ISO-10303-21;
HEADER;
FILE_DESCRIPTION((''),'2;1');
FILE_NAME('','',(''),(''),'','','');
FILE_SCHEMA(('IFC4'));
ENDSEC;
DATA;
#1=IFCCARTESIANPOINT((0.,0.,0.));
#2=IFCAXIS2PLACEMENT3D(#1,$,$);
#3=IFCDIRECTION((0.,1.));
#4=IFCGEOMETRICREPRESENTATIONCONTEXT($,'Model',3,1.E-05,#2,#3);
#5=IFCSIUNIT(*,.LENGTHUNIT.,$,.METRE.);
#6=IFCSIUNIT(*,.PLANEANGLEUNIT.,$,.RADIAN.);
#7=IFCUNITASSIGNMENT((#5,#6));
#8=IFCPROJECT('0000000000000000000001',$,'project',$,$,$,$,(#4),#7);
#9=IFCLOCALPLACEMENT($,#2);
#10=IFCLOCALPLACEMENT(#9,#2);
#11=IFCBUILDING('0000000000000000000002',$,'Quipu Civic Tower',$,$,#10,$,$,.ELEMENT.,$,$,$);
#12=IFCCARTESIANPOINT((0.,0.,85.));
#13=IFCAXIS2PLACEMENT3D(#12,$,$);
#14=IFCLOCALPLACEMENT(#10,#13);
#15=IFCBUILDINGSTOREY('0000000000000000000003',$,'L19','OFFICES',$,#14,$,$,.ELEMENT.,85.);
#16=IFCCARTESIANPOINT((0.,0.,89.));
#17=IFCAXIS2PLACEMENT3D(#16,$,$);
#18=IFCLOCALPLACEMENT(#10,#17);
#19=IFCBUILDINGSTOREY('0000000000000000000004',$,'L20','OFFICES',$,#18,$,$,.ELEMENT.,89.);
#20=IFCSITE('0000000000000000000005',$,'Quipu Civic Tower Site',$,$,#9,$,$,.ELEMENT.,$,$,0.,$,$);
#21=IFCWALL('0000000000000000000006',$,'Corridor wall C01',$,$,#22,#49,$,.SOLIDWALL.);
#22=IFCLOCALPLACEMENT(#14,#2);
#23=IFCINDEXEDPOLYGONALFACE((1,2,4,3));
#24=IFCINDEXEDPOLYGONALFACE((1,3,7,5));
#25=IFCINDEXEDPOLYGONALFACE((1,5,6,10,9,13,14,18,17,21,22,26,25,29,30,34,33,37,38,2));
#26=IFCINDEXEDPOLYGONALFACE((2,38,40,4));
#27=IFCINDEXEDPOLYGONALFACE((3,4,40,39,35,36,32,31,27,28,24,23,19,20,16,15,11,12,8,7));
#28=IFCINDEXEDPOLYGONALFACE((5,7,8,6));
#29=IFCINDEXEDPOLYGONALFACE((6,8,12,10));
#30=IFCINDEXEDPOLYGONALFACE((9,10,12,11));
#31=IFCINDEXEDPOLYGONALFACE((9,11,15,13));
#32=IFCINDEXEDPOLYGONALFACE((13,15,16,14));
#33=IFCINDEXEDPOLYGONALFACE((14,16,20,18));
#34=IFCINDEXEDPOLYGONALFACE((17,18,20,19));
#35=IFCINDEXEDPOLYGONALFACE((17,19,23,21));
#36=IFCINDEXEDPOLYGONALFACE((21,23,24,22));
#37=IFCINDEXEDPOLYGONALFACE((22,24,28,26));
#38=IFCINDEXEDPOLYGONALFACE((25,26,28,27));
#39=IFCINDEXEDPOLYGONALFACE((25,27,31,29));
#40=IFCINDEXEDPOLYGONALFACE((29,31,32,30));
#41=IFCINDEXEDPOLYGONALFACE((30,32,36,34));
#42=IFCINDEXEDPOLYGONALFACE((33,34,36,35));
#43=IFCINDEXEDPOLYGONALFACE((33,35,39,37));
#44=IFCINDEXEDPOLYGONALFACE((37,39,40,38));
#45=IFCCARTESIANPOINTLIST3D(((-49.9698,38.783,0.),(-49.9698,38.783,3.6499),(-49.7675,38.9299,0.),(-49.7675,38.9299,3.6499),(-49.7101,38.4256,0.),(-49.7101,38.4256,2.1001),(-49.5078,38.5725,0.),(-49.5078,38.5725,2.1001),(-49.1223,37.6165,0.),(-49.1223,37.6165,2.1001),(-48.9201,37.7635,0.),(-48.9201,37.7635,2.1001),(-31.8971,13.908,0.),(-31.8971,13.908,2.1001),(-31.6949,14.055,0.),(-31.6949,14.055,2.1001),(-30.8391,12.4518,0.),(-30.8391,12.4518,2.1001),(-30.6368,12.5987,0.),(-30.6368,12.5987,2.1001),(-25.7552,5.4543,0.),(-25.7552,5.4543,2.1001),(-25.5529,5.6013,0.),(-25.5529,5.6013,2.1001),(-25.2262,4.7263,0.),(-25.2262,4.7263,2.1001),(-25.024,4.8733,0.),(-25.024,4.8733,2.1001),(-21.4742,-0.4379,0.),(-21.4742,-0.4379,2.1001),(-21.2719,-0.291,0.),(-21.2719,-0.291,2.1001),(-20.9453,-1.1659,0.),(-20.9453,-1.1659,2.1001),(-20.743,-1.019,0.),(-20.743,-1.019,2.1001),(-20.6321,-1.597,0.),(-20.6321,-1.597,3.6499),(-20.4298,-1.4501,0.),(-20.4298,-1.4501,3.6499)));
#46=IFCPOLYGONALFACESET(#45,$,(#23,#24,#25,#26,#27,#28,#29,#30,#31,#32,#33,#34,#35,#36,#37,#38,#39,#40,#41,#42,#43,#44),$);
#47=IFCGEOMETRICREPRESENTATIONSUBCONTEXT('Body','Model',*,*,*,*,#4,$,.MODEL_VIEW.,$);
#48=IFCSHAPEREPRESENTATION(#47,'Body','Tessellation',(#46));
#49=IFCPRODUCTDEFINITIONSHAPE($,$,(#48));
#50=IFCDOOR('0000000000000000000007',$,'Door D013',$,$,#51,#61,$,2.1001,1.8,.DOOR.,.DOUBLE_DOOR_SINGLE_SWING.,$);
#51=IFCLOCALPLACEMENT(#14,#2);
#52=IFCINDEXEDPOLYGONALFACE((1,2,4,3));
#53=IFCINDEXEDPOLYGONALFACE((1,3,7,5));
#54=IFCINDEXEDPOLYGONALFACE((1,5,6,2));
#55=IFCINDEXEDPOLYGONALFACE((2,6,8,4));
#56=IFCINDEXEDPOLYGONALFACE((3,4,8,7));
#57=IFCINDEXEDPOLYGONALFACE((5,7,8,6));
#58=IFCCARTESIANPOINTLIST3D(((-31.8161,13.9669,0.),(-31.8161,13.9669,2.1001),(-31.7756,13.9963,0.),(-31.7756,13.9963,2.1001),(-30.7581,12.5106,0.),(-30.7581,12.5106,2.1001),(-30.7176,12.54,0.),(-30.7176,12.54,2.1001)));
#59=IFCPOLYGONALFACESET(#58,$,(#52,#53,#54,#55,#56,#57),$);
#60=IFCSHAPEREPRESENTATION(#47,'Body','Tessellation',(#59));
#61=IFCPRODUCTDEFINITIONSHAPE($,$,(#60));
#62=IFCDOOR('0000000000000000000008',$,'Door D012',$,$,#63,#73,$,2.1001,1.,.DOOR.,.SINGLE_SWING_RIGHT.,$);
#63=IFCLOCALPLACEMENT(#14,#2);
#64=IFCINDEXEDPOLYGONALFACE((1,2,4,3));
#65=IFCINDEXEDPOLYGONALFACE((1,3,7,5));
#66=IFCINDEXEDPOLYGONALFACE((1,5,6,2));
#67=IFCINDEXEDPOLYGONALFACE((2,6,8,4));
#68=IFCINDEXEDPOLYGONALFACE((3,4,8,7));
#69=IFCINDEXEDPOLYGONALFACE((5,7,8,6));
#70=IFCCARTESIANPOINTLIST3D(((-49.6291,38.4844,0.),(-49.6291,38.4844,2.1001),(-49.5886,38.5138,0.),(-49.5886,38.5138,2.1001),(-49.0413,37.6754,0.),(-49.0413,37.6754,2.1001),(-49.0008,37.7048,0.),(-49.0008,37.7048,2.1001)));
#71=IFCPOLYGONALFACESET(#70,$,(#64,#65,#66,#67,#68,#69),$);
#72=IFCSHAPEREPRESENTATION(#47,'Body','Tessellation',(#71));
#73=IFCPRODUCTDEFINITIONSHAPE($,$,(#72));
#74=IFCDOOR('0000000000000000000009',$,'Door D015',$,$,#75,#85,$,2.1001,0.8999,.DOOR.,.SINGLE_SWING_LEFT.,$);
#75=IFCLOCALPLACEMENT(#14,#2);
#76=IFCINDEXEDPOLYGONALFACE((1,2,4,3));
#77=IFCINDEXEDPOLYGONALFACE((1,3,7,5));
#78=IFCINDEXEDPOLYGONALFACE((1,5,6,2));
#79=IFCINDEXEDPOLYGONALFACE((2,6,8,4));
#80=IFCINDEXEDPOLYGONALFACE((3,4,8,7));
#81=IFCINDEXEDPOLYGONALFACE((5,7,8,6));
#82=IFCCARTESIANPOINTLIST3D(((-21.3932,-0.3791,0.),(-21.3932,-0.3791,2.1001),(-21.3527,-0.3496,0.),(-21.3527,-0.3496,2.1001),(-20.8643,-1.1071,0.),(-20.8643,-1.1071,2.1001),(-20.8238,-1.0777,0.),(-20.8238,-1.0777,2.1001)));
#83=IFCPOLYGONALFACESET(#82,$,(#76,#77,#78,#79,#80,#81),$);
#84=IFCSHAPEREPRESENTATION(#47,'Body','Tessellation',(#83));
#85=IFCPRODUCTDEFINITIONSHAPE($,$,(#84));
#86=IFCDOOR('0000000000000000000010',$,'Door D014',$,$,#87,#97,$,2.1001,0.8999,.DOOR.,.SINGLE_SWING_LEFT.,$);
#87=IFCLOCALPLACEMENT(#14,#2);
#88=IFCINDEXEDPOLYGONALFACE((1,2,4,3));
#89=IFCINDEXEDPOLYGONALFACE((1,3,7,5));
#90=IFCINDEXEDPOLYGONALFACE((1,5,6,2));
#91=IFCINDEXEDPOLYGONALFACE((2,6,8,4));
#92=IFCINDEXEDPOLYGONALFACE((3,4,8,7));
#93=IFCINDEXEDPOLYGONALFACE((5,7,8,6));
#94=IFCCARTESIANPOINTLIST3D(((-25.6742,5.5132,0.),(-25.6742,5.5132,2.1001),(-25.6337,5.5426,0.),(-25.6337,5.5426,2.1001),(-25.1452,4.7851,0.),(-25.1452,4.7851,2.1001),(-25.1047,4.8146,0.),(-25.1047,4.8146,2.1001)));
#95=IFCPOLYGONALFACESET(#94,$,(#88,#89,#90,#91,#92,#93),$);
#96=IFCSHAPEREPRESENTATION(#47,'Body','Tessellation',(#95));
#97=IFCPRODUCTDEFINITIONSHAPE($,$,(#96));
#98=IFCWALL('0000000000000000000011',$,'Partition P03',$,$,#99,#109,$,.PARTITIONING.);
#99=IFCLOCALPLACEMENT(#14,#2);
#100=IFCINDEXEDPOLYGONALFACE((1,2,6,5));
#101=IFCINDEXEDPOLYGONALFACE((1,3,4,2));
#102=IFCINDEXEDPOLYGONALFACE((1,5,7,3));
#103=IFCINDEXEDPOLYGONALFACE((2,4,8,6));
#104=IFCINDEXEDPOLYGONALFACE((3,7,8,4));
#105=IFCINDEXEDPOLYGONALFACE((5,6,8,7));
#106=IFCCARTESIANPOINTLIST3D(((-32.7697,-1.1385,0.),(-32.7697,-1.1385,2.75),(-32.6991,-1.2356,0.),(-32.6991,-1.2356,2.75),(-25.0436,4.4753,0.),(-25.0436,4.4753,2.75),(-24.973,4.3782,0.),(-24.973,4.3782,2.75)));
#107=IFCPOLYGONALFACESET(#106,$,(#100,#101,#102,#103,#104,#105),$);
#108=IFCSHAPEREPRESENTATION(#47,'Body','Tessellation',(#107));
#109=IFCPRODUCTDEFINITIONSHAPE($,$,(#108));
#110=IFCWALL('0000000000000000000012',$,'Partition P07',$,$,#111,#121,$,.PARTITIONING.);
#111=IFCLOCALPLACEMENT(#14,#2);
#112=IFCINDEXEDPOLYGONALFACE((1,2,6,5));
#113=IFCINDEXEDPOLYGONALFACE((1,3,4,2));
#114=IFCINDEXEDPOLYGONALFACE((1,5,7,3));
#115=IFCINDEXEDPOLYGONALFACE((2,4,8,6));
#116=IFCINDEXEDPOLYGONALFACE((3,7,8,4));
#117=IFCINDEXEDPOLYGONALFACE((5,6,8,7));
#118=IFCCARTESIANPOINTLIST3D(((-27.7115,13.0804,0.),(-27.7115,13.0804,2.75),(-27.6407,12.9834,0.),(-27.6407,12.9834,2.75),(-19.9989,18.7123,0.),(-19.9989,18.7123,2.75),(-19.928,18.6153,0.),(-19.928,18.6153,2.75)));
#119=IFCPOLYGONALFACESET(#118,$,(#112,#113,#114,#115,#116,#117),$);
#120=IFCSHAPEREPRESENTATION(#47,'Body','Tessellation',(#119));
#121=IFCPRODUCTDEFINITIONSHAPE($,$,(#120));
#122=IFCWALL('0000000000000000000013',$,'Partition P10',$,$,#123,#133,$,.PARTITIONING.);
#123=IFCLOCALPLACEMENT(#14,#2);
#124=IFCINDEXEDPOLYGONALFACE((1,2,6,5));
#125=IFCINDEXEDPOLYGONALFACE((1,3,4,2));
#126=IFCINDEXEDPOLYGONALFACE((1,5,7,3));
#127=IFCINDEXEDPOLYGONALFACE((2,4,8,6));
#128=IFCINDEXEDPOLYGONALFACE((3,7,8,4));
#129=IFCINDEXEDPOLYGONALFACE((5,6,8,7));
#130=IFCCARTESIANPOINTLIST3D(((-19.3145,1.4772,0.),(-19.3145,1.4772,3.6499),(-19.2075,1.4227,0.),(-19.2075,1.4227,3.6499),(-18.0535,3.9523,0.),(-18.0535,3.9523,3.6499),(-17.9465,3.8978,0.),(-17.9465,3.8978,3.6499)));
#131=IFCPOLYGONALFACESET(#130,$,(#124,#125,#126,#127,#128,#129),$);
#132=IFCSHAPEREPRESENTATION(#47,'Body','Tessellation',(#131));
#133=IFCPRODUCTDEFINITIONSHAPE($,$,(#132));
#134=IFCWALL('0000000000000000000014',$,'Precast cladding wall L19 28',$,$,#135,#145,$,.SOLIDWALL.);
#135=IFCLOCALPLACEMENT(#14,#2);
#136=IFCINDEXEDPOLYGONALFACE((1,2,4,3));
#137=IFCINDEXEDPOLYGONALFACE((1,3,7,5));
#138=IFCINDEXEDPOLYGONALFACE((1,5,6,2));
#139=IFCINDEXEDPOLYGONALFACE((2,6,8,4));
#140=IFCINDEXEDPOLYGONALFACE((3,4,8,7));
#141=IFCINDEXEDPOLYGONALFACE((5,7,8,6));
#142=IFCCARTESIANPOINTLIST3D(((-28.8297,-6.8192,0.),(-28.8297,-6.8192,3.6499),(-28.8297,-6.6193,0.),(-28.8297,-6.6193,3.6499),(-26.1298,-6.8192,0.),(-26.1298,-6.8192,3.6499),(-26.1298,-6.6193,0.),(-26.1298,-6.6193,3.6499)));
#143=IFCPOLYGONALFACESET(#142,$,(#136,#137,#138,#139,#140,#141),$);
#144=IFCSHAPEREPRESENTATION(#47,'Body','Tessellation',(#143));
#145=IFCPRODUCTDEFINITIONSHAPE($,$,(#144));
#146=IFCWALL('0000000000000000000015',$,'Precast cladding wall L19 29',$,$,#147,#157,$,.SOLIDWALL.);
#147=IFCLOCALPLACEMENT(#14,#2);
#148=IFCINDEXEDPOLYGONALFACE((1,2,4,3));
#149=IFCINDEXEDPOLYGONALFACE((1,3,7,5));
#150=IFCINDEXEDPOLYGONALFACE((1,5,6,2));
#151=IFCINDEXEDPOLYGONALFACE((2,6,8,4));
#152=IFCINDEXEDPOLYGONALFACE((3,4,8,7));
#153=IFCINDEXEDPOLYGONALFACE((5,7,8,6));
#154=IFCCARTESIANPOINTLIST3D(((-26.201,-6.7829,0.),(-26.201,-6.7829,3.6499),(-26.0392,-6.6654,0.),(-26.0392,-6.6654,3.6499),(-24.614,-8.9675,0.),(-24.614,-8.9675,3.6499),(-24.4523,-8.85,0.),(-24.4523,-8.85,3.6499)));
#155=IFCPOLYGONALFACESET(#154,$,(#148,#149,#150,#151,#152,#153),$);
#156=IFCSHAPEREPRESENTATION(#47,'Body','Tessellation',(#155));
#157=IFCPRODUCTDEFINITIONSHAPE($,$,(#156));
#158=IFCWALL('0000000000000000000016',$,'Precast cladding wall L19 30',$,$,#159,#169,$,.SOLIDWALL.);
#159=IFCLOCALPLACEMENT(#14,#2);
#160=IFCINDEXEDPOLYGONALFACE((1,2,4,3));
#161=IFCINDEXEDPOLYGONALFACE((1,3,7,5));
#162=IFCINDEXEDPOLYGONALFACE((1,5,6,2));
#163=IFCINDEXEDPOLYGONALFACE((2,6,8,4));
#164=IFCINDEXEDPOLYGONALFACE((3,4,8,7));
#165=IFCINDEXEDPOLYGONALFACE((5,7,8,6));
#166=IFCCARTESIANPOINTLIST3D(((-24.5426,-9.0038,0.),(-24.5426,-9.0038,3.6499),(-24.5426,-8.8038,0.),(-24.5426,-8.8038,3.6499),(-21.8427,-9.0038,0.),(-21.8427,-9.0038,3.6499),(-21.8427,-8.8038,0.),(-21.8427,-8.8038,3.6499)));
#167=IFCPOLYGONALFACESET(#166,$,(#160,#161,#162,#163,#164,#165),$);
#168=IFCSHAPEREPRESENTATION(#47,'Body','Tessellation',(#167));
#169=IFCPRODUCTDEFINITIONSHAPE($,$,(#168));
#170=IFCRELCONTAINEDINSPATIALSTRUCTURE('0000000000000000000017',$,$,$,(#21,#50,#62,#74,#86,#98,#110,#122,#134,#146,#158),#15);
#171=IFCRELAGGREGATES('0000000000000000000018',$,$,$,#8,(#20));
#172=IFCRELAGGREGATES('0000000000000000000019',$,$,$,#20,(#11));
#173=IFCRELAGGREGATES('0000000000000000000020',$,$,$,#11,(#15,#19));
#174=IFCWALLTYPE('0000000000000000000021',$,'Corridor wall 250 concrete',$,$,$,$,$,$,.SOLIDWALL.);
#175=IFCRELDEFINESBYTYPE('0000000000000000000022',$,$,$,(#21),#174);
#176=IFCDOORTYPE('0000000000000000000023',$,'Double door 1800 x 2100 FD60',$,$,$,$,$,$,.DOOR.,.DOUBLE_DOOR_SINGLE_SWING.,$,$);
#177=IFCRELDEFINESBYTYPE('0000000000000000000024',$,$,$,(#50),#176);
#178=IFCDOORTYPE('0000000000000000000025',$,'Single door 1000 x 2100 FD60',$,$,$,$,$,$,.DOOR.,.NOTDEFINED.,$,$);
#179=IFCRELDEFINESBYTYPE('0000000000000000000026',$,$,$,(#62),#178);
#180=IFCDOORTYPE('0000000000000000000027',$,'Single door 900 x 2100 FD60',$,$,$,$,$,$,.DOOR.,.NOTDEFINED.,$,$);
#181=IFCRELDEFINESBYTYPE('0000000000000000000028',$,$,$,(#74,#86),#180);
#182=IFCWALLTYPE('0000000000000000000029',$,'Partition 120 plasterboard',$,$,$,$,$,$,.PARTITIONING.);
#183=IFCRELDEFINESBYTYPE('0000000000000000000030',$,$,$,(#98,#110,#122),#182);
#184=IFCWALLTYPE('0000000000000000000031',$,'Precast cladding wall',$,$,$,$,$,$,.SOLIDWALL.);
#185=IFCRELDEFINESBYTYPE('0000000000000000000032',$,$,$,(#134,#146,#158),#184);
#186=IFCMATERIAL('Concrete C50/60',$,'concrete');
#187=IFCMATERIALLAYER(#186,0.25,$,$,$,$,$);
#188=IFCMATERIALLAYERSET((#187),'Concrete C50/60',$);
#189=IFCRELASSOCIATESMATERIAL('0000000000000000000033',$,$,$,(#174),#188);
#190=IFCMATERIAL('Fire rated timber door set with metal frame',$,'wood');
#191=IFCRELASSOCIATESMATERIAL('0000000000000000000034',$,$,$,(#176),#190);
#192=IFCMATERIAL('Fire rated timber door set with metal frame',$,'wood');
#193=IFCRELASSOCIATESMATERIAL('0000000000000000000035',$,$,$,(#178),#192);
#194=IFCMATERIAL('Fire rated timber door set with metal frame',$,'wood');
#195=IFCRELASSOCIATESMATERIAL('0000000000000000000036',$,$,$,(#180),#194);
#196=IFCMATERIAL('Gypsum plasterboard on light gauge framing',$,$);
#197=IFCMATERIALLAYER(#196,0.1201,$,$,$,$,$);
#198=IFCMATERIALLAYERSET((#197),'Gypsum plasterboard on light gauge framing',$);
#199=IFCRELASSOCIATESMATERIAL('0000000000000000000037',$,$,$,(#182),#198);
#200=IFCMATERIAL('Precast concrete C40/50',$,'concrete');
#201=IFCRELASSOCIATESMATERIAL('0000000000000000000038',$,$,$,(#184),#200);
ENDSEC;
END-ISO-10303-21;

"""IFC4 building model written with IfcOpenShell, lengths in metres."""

from ifc_helpers import new_model, si_unit, direction, frame, frame_2d, origin, place, context, subcontext, project, spatial, rectangle, extrude, material, layer, layer_set, type_object, element, fill, save


model = new_model("IFC4")

# Units and contexts
model_context = context("Model", 3, precision=1e-05, world=origin(), true_north=direction((0.0, 1.0)))
body_context = subcontext(model_context, "Body", "Model", "MODEL_VIEW")
ifc_project = project(units=[si_unit("LENGTHUNIT", "METRE"), si_unit("PLANEANGLEUNIT", "RADIAN")], contexts=[model_context])

# Site, building, storey
site_placement = place(None, origin())
site = spatial("IfcSite", under=ifc_project, at=site_placement, Name="Quipu Civic Tower Site", CompositionType="ELEMENT", RefElevation=0.0)
building_placement = place(site_placement, origin())
building = spatial("IfcBuilding", under=site, at=building_placement, Name="Quipu Civic Tower", CompositionType="ELEMENT")
storey_1_placement = place(building_placement, frame((0.0, 0.0, 85.0)))
storey_1 = spatial("IfcBuildingStorey", under=building, at=storey_1_placement, Name="L19", Description="OFFICES", CompositionType="ELEMENT", Elevation=85.0)

# Shared definitions
storey_2_placement = place(building_placement, frame((0.0, 0.0, 89.0)))
storey_2 = spatial("IfcBuildingStorey", under=building, at=storey_2_placement, Name="L20", Description="OFFICES", CompositionType="ELEMENT", Elevation=89.0)

# Wall, openings, doors
ifc_material_1 = material(Name="Concrete C50/60", Category="concrete")
ifc_layer_1 = layer(ifc_material_1, 0.25)
ifc_layer_set_1 = layer_set([ifc_layer_1], Name="Concrete C50/60")
wall_type_1 = type_object("IfcWallType", Name="Corridor wall 250 concrete", PredefinedType="SOLIDWALL", material=ifc_layer_set_1)
wall_1_placement = place(storey_1_placement, frame((-20.531, -1.5234, 0.0), z_axis=(0.0, 0.0, 1.0), x_axis=(-0.587785, 0.809018, 0.0)))
wall_1 = element("IfcWall", 1, at=wall_1_placement, inside=storey_1, type_object=wall_type_1, Name="Corridor wall C01", PredefinedType="SOLIDWALL", context=body_context, shape_type="SweptSolid", body=[
    extrude(rectangle(XDim=49.9124, YDim=0.25, at=frame_2d((24.9561, 0.0))), origin(), (0.0, 0.0, 1.0), 3.6499),
])
opening_1_placement = place(wall_1_placement, frame((0.5327, 0.0, 0.0)))
opening_1 = element("IfcOpeningElement", 2, at=opening_1_placement, cuts=wall_1, PredefinedType="OPENING", context=body_context, shape_type="SweptSolid", body=[
    extrude(rectangle(XDim=0.8999, YDim=2.1001, at=frame_2d((0.45, 1.05))), frame((0.0, 0.135, 0.0), z_axis=(0.0, -1.0, 0.0), x_axis=(1.0, 0.0, 0.0)), (0.0, 0.0, 1.0), 0.27),
])
opening_2_placement = place(wall_1_placement, frame((48.4705, 0.0, 0.0)))
opening_2 = element("IfcOpeningElement", 3, at=opening_2_placement, cuts=wall_1, PredefinedType="OPENING", context=body_context, shape_type="SweptSolid", body=[
    extrude(rectangle(XDim=1.0, YDim=2.1001, at=frame_2d((0.5, 1.05))), frame((0.0, 0.135, 0.0), z_axis=(0.0, -1.0, 0.0), x_axis=(1.0, 0.0, 0.0)), (0.0, 0.0, 1.0), 0.27),
])
opening_3_placement = place(wall_1_placement, frame((17.3652, 0.0, 0.0)))
opening_3 = element("IfcOpeningElement", 4, at=opening_3_placement, cuts=wall_1, PredefinedType="OPENING", context=body_context, shape_type="SweptSolid", body=[
    extrude(rectangle(XDim=1.8, YDim=2.1001, at=frame_2d((0.8999, 1.05))), frame((0.0, 0.135, 0.0), z_axis=(0.0, -1.0, 0.0), x_axis=(1.0, 0.0, 0.0)), (0.0, 0.0, 1.0), 0.27),
])
opening_4_placement = place(wall_1_placement, frame((7.8159, 0.0, 0.0)))
opening_4 = element("IfcOpeningElement", 5, at=opening_4_placement, cuts=wall_1, PredefinedType="OPENING", context=body_context, shape_type="SweptSolid", body=[
    extrude(rectangle(XDim=0.8999, YDim=2.1001, at=frame_2d((0.45, 1.05))), frame((0.0, 0.135, 0.0), z_axis=(0.0, -1.0, 0.0), x_axis=(1.0, 0.0, 0.0)), (0.0, 0.0, 1.0), 0.27),
])
ifc_material_2 = material(Name="Fire rated timber door set with metal frame", Category="wood")
door_type_1 = type_object("IfcDoorType", Name="Double door 1800 x 2100 FD60", OperationType="DOUBLE_DOOR_SINGLE_SWING", PredefinedType="DOOR", material=ifc_material_2)
door_1_placement = place(opening_3_placement, origin())
door_1 = element("IfcDoor", 6, at=door_1_placement, inside=storey_1, type_object=door_type_1, Name="Door D013", OperationType="DOUBLE_DOOR_SINGLE_SWING", OverallHeight=2.1001, OverallWidth=1.8, PredefinedType="DOOR", context=body_context, shape_type="SweptSolid", body=[
    extrude(rectangle(XDim=1.8, YDim=2.1001, at=frame_2d((0.8999, 1.05))), frame((0.0, 0.0249, 0.0), z_axis=(0.0, -1.0, 0.0), x_axis=(1.0, 0.0, 0.0)), (0.0, 0.0, 1.0), 0.05),
])
fill(opening_3, door_1)
ifc_material_3 = material(Name="Fire rated timber door set with metal frame", Category="wood")
door_type_2 = type_object("IfcDoorType", Name="Single door 1000 x 2100 FD60", OperationType="NOTDEFINED", PredefinedType="DOOR", material=ifc_material_3)
door_2_placement = place(opening_2_placement, origin())
door_2 = element("IfcDoor", 7, at=door_2_placement, inside=storey_1, type_object=door_type_2, Name="Door D012", OperationType="SINGLE_SWING_RIGHT", OverallHeight=2.1001, OverallWidth=1.0, PredefinedType="DOOR", context=body_context, shape_type="SweptSolid", body=[
    extrude(rectangle(XDim=1.0, YDim=2.1001, at=frame_2d((0.5, 1.05))), frame((0.0, 0.0249, 0.0), z_axis=(0.0, -1.0, 0.0), x_axis=(1.0, 0.0, 0.0)), (0.0, 0.0, 1.0), 0.05),
])
fill(opening_2, door_2)
ifc_material_4 = material(Name="Fire rated timber door set with metal frame", Category="wood")
door_type_3 = type_object("IfcDoorType", Name="Single door 900 x 2100 FD60", OperationType="NOTDEFINED", PredefinedType="DOOR", material=ifc_material_4)
door_3_placement = place(opening_1_placement, origin())
door_3 = element("IfcDoor", 8, at=door_3_placement, inside=storey_1, type_object=door_type_3, Name="Door D015", OperationType="SINGLE_SWING_LEFT", OverallHeight=2.1001, OverallWidth=0.8999, PredefinedType="DOOR", context=body_context, shape_type="SweptSolid", body=[
    extrude(rectangle(XDim=0.8999, YDim=2.1001, at=frame_2d((0.45, 1.05))), frame((0.0, 0.0249, 0.0), z_axis=(0.0, -1.0, 0.0), x_axis=(1.0, 0.0, 0.0)), (0.0, 0.0, 1.0), 0.05),
])
fill(opening_1, door_3)
door_4_placement = place(opening_4_placement, origin())
door_4 = element("IfcDoor", 9, at=door_4_placement, inside=storey_1, type_object=door_type_3, Name="Door D014", OperationType="SINGLE_SWING_LEFT", OverallHeight=2.1001, OverallWidth=0.8999, PredefinedType="DOOR", context=body_context, shape_type="SweptSolid", body=[
    extrude(rectangle(XDim=0.8999, YDim=2.1001, at=frame_2d((0.45, 1.05))), frame((0.0, 0.0249, 0.0), z_axis=(0.0, -1.0, 0.0), x_axis=(1.0, 0.0, 0.0)), (0.0, 0.0, 1.0), 0.05),
])
fill(opening_4, door_4)

# Walls
ifc_material_5 = material(Name="Gypsum plasterboard on light gauge framing")
ifc_layer_2 = layer(ifc_material_5, 0.1201)
ifc_layer_set_2 = layer_set([ifc_layer_2], Name="Gypsum plasterboard on light gauge framing")
wall_type_2 = type_object("IfcWallType", Name="Partition 120 plasterboard", PredefinedType="PARTITIONING", material=ifc_layer_set_2)
wall_2_placement = place(storey_1_placement, frame((-25.0083, 4.4268, 0.0), z_axis=(0.0, 0.0, 1.0), x_axis=(-0.808995, -0.587816, 0.0)))
element("IfcWall", 10, at=wall_2_placement, inside=storey_1, type_object=wall_type_2, Name="Partition P03", PredefinedType="PARTITIONING", context=body_context, shape_type="SweptSolid", body=[
    extrude(rectangle(XDim=9.5503, YDim=0.1201, at=frame_2d((4.7751, 0.0))), origin(), (0.0, 0.0, 1.0), 2.75),
])
wall_3_placement = place(storey_1_placement, frame((-27.676, 13.032, 0.0), z_axis=(0.0, 0.0, 1.0), x_axis=(0.807607, 0.589721, 0.0)))
element("IfcWall", 11, at=wall_3_placement, inside=storey_1, type_object=wall_type_2, Name="Partition P07", PredefinedType="PARTITIONING", context=body_context, shape_type="SweptSolid", body=[
    extrude(rectangle(XDim=9.55, YDim=0.1201, at=frame_2d((4.7749, 0.0))), origin(), (0.0, 0.0, 1.0), 2.75),
])
wall_4_placement = place(storey_1_placement, frame((-19.261, 1.45, 0.0), z_axis=(0.0, 0.0, 1.0), x_axis=(0.453951, 0.891027, 0.0)))
element("IfcWall", 12, at=wall_4_placement, inside=storey_1, type_object=wall_type_2, Name="Partition P10", PredefinedType="PARTITIONING", context=body_context, shape_type="SweptSolid", body=[
    extrude(rectangle(XDim=2.7778, YDim=0.1201, at=frame_2d((1.3889, 0.0))), origin(), (0.0, 0.0, 1.0), 3.6499),
])
ifc_material_6 = material(Name="Precast concrete C40/50", Category="concrete")
wall_type_3 = type_object("IfcWallType", Name="Precast cladding wall", PredefinedType="SOLIDWALL", material=ifc_material_6)
wall_5_placement = place(storey_1_placement, frame((-28.8298, -6.7192, 0.0), z_axis=(0.0, 0.0, 1.0), x_axis=(1.0, 0.0, 0.0)))
element("IfcWall", 13, at=wall_5_placement, inside=storey_1, type_object=wall_type_3, Name="Precast cladding wall L19 28", PredefinedType="SOLIDWALL", context=body_context, shape_type="SweptSolid", body=[
    extrude(rectangle(XDim=2.7, YDim=0.2, at=frame_2d((1.3501, 0.0))), origin(), (0.0, 0.0, 1.0), 3.6499),
])
wall_6_placement = place(storey_1_placement, frame((-26.1201, -6.7241, 0.0), z_axis=(0.0, 0.0, 1.0), x_axis=(0.58772, -0.809064, 0.0)))
element("IfcWall", 14, at=wall_6_placement, inside=storey_1, type_object=wall_type_3, Name="Precast cladding wall L19 29", PredefinedType="SOLIDWALL", context=body_context, shape_type="SweptSolid", body=[
    extrude(rectangle(XDim=2.7002, YDim=0.2, at=frame_2d((1.3501, 0.0))), origin(), (0.0, 0.0, 1.0), 3.6499),
])
wall_7_placement = place(storey_1_placement, frame((-24.5427, -8.9038, 0.0), z_axis=(0.0, 0.0, 1.0), x_axis=(1.0, 0.0, 0.0)))
element("IfcWall", 15, at=wall_7_placement, inside=storey_1, type_object=wall_type_3, Name="Precast cladding wall L19 30", PredefinedType="SOLIDWALL", context=body_context, shape_type="SweptSolid", body=[
    extrude(rectangle(XDim=2.7, YDim=0.2, at=frame_2d((1.3501, 0.0))), origin(), (0.0, 0.0, 1.0), 3.6499),
])

save(model, "model.ifc")
